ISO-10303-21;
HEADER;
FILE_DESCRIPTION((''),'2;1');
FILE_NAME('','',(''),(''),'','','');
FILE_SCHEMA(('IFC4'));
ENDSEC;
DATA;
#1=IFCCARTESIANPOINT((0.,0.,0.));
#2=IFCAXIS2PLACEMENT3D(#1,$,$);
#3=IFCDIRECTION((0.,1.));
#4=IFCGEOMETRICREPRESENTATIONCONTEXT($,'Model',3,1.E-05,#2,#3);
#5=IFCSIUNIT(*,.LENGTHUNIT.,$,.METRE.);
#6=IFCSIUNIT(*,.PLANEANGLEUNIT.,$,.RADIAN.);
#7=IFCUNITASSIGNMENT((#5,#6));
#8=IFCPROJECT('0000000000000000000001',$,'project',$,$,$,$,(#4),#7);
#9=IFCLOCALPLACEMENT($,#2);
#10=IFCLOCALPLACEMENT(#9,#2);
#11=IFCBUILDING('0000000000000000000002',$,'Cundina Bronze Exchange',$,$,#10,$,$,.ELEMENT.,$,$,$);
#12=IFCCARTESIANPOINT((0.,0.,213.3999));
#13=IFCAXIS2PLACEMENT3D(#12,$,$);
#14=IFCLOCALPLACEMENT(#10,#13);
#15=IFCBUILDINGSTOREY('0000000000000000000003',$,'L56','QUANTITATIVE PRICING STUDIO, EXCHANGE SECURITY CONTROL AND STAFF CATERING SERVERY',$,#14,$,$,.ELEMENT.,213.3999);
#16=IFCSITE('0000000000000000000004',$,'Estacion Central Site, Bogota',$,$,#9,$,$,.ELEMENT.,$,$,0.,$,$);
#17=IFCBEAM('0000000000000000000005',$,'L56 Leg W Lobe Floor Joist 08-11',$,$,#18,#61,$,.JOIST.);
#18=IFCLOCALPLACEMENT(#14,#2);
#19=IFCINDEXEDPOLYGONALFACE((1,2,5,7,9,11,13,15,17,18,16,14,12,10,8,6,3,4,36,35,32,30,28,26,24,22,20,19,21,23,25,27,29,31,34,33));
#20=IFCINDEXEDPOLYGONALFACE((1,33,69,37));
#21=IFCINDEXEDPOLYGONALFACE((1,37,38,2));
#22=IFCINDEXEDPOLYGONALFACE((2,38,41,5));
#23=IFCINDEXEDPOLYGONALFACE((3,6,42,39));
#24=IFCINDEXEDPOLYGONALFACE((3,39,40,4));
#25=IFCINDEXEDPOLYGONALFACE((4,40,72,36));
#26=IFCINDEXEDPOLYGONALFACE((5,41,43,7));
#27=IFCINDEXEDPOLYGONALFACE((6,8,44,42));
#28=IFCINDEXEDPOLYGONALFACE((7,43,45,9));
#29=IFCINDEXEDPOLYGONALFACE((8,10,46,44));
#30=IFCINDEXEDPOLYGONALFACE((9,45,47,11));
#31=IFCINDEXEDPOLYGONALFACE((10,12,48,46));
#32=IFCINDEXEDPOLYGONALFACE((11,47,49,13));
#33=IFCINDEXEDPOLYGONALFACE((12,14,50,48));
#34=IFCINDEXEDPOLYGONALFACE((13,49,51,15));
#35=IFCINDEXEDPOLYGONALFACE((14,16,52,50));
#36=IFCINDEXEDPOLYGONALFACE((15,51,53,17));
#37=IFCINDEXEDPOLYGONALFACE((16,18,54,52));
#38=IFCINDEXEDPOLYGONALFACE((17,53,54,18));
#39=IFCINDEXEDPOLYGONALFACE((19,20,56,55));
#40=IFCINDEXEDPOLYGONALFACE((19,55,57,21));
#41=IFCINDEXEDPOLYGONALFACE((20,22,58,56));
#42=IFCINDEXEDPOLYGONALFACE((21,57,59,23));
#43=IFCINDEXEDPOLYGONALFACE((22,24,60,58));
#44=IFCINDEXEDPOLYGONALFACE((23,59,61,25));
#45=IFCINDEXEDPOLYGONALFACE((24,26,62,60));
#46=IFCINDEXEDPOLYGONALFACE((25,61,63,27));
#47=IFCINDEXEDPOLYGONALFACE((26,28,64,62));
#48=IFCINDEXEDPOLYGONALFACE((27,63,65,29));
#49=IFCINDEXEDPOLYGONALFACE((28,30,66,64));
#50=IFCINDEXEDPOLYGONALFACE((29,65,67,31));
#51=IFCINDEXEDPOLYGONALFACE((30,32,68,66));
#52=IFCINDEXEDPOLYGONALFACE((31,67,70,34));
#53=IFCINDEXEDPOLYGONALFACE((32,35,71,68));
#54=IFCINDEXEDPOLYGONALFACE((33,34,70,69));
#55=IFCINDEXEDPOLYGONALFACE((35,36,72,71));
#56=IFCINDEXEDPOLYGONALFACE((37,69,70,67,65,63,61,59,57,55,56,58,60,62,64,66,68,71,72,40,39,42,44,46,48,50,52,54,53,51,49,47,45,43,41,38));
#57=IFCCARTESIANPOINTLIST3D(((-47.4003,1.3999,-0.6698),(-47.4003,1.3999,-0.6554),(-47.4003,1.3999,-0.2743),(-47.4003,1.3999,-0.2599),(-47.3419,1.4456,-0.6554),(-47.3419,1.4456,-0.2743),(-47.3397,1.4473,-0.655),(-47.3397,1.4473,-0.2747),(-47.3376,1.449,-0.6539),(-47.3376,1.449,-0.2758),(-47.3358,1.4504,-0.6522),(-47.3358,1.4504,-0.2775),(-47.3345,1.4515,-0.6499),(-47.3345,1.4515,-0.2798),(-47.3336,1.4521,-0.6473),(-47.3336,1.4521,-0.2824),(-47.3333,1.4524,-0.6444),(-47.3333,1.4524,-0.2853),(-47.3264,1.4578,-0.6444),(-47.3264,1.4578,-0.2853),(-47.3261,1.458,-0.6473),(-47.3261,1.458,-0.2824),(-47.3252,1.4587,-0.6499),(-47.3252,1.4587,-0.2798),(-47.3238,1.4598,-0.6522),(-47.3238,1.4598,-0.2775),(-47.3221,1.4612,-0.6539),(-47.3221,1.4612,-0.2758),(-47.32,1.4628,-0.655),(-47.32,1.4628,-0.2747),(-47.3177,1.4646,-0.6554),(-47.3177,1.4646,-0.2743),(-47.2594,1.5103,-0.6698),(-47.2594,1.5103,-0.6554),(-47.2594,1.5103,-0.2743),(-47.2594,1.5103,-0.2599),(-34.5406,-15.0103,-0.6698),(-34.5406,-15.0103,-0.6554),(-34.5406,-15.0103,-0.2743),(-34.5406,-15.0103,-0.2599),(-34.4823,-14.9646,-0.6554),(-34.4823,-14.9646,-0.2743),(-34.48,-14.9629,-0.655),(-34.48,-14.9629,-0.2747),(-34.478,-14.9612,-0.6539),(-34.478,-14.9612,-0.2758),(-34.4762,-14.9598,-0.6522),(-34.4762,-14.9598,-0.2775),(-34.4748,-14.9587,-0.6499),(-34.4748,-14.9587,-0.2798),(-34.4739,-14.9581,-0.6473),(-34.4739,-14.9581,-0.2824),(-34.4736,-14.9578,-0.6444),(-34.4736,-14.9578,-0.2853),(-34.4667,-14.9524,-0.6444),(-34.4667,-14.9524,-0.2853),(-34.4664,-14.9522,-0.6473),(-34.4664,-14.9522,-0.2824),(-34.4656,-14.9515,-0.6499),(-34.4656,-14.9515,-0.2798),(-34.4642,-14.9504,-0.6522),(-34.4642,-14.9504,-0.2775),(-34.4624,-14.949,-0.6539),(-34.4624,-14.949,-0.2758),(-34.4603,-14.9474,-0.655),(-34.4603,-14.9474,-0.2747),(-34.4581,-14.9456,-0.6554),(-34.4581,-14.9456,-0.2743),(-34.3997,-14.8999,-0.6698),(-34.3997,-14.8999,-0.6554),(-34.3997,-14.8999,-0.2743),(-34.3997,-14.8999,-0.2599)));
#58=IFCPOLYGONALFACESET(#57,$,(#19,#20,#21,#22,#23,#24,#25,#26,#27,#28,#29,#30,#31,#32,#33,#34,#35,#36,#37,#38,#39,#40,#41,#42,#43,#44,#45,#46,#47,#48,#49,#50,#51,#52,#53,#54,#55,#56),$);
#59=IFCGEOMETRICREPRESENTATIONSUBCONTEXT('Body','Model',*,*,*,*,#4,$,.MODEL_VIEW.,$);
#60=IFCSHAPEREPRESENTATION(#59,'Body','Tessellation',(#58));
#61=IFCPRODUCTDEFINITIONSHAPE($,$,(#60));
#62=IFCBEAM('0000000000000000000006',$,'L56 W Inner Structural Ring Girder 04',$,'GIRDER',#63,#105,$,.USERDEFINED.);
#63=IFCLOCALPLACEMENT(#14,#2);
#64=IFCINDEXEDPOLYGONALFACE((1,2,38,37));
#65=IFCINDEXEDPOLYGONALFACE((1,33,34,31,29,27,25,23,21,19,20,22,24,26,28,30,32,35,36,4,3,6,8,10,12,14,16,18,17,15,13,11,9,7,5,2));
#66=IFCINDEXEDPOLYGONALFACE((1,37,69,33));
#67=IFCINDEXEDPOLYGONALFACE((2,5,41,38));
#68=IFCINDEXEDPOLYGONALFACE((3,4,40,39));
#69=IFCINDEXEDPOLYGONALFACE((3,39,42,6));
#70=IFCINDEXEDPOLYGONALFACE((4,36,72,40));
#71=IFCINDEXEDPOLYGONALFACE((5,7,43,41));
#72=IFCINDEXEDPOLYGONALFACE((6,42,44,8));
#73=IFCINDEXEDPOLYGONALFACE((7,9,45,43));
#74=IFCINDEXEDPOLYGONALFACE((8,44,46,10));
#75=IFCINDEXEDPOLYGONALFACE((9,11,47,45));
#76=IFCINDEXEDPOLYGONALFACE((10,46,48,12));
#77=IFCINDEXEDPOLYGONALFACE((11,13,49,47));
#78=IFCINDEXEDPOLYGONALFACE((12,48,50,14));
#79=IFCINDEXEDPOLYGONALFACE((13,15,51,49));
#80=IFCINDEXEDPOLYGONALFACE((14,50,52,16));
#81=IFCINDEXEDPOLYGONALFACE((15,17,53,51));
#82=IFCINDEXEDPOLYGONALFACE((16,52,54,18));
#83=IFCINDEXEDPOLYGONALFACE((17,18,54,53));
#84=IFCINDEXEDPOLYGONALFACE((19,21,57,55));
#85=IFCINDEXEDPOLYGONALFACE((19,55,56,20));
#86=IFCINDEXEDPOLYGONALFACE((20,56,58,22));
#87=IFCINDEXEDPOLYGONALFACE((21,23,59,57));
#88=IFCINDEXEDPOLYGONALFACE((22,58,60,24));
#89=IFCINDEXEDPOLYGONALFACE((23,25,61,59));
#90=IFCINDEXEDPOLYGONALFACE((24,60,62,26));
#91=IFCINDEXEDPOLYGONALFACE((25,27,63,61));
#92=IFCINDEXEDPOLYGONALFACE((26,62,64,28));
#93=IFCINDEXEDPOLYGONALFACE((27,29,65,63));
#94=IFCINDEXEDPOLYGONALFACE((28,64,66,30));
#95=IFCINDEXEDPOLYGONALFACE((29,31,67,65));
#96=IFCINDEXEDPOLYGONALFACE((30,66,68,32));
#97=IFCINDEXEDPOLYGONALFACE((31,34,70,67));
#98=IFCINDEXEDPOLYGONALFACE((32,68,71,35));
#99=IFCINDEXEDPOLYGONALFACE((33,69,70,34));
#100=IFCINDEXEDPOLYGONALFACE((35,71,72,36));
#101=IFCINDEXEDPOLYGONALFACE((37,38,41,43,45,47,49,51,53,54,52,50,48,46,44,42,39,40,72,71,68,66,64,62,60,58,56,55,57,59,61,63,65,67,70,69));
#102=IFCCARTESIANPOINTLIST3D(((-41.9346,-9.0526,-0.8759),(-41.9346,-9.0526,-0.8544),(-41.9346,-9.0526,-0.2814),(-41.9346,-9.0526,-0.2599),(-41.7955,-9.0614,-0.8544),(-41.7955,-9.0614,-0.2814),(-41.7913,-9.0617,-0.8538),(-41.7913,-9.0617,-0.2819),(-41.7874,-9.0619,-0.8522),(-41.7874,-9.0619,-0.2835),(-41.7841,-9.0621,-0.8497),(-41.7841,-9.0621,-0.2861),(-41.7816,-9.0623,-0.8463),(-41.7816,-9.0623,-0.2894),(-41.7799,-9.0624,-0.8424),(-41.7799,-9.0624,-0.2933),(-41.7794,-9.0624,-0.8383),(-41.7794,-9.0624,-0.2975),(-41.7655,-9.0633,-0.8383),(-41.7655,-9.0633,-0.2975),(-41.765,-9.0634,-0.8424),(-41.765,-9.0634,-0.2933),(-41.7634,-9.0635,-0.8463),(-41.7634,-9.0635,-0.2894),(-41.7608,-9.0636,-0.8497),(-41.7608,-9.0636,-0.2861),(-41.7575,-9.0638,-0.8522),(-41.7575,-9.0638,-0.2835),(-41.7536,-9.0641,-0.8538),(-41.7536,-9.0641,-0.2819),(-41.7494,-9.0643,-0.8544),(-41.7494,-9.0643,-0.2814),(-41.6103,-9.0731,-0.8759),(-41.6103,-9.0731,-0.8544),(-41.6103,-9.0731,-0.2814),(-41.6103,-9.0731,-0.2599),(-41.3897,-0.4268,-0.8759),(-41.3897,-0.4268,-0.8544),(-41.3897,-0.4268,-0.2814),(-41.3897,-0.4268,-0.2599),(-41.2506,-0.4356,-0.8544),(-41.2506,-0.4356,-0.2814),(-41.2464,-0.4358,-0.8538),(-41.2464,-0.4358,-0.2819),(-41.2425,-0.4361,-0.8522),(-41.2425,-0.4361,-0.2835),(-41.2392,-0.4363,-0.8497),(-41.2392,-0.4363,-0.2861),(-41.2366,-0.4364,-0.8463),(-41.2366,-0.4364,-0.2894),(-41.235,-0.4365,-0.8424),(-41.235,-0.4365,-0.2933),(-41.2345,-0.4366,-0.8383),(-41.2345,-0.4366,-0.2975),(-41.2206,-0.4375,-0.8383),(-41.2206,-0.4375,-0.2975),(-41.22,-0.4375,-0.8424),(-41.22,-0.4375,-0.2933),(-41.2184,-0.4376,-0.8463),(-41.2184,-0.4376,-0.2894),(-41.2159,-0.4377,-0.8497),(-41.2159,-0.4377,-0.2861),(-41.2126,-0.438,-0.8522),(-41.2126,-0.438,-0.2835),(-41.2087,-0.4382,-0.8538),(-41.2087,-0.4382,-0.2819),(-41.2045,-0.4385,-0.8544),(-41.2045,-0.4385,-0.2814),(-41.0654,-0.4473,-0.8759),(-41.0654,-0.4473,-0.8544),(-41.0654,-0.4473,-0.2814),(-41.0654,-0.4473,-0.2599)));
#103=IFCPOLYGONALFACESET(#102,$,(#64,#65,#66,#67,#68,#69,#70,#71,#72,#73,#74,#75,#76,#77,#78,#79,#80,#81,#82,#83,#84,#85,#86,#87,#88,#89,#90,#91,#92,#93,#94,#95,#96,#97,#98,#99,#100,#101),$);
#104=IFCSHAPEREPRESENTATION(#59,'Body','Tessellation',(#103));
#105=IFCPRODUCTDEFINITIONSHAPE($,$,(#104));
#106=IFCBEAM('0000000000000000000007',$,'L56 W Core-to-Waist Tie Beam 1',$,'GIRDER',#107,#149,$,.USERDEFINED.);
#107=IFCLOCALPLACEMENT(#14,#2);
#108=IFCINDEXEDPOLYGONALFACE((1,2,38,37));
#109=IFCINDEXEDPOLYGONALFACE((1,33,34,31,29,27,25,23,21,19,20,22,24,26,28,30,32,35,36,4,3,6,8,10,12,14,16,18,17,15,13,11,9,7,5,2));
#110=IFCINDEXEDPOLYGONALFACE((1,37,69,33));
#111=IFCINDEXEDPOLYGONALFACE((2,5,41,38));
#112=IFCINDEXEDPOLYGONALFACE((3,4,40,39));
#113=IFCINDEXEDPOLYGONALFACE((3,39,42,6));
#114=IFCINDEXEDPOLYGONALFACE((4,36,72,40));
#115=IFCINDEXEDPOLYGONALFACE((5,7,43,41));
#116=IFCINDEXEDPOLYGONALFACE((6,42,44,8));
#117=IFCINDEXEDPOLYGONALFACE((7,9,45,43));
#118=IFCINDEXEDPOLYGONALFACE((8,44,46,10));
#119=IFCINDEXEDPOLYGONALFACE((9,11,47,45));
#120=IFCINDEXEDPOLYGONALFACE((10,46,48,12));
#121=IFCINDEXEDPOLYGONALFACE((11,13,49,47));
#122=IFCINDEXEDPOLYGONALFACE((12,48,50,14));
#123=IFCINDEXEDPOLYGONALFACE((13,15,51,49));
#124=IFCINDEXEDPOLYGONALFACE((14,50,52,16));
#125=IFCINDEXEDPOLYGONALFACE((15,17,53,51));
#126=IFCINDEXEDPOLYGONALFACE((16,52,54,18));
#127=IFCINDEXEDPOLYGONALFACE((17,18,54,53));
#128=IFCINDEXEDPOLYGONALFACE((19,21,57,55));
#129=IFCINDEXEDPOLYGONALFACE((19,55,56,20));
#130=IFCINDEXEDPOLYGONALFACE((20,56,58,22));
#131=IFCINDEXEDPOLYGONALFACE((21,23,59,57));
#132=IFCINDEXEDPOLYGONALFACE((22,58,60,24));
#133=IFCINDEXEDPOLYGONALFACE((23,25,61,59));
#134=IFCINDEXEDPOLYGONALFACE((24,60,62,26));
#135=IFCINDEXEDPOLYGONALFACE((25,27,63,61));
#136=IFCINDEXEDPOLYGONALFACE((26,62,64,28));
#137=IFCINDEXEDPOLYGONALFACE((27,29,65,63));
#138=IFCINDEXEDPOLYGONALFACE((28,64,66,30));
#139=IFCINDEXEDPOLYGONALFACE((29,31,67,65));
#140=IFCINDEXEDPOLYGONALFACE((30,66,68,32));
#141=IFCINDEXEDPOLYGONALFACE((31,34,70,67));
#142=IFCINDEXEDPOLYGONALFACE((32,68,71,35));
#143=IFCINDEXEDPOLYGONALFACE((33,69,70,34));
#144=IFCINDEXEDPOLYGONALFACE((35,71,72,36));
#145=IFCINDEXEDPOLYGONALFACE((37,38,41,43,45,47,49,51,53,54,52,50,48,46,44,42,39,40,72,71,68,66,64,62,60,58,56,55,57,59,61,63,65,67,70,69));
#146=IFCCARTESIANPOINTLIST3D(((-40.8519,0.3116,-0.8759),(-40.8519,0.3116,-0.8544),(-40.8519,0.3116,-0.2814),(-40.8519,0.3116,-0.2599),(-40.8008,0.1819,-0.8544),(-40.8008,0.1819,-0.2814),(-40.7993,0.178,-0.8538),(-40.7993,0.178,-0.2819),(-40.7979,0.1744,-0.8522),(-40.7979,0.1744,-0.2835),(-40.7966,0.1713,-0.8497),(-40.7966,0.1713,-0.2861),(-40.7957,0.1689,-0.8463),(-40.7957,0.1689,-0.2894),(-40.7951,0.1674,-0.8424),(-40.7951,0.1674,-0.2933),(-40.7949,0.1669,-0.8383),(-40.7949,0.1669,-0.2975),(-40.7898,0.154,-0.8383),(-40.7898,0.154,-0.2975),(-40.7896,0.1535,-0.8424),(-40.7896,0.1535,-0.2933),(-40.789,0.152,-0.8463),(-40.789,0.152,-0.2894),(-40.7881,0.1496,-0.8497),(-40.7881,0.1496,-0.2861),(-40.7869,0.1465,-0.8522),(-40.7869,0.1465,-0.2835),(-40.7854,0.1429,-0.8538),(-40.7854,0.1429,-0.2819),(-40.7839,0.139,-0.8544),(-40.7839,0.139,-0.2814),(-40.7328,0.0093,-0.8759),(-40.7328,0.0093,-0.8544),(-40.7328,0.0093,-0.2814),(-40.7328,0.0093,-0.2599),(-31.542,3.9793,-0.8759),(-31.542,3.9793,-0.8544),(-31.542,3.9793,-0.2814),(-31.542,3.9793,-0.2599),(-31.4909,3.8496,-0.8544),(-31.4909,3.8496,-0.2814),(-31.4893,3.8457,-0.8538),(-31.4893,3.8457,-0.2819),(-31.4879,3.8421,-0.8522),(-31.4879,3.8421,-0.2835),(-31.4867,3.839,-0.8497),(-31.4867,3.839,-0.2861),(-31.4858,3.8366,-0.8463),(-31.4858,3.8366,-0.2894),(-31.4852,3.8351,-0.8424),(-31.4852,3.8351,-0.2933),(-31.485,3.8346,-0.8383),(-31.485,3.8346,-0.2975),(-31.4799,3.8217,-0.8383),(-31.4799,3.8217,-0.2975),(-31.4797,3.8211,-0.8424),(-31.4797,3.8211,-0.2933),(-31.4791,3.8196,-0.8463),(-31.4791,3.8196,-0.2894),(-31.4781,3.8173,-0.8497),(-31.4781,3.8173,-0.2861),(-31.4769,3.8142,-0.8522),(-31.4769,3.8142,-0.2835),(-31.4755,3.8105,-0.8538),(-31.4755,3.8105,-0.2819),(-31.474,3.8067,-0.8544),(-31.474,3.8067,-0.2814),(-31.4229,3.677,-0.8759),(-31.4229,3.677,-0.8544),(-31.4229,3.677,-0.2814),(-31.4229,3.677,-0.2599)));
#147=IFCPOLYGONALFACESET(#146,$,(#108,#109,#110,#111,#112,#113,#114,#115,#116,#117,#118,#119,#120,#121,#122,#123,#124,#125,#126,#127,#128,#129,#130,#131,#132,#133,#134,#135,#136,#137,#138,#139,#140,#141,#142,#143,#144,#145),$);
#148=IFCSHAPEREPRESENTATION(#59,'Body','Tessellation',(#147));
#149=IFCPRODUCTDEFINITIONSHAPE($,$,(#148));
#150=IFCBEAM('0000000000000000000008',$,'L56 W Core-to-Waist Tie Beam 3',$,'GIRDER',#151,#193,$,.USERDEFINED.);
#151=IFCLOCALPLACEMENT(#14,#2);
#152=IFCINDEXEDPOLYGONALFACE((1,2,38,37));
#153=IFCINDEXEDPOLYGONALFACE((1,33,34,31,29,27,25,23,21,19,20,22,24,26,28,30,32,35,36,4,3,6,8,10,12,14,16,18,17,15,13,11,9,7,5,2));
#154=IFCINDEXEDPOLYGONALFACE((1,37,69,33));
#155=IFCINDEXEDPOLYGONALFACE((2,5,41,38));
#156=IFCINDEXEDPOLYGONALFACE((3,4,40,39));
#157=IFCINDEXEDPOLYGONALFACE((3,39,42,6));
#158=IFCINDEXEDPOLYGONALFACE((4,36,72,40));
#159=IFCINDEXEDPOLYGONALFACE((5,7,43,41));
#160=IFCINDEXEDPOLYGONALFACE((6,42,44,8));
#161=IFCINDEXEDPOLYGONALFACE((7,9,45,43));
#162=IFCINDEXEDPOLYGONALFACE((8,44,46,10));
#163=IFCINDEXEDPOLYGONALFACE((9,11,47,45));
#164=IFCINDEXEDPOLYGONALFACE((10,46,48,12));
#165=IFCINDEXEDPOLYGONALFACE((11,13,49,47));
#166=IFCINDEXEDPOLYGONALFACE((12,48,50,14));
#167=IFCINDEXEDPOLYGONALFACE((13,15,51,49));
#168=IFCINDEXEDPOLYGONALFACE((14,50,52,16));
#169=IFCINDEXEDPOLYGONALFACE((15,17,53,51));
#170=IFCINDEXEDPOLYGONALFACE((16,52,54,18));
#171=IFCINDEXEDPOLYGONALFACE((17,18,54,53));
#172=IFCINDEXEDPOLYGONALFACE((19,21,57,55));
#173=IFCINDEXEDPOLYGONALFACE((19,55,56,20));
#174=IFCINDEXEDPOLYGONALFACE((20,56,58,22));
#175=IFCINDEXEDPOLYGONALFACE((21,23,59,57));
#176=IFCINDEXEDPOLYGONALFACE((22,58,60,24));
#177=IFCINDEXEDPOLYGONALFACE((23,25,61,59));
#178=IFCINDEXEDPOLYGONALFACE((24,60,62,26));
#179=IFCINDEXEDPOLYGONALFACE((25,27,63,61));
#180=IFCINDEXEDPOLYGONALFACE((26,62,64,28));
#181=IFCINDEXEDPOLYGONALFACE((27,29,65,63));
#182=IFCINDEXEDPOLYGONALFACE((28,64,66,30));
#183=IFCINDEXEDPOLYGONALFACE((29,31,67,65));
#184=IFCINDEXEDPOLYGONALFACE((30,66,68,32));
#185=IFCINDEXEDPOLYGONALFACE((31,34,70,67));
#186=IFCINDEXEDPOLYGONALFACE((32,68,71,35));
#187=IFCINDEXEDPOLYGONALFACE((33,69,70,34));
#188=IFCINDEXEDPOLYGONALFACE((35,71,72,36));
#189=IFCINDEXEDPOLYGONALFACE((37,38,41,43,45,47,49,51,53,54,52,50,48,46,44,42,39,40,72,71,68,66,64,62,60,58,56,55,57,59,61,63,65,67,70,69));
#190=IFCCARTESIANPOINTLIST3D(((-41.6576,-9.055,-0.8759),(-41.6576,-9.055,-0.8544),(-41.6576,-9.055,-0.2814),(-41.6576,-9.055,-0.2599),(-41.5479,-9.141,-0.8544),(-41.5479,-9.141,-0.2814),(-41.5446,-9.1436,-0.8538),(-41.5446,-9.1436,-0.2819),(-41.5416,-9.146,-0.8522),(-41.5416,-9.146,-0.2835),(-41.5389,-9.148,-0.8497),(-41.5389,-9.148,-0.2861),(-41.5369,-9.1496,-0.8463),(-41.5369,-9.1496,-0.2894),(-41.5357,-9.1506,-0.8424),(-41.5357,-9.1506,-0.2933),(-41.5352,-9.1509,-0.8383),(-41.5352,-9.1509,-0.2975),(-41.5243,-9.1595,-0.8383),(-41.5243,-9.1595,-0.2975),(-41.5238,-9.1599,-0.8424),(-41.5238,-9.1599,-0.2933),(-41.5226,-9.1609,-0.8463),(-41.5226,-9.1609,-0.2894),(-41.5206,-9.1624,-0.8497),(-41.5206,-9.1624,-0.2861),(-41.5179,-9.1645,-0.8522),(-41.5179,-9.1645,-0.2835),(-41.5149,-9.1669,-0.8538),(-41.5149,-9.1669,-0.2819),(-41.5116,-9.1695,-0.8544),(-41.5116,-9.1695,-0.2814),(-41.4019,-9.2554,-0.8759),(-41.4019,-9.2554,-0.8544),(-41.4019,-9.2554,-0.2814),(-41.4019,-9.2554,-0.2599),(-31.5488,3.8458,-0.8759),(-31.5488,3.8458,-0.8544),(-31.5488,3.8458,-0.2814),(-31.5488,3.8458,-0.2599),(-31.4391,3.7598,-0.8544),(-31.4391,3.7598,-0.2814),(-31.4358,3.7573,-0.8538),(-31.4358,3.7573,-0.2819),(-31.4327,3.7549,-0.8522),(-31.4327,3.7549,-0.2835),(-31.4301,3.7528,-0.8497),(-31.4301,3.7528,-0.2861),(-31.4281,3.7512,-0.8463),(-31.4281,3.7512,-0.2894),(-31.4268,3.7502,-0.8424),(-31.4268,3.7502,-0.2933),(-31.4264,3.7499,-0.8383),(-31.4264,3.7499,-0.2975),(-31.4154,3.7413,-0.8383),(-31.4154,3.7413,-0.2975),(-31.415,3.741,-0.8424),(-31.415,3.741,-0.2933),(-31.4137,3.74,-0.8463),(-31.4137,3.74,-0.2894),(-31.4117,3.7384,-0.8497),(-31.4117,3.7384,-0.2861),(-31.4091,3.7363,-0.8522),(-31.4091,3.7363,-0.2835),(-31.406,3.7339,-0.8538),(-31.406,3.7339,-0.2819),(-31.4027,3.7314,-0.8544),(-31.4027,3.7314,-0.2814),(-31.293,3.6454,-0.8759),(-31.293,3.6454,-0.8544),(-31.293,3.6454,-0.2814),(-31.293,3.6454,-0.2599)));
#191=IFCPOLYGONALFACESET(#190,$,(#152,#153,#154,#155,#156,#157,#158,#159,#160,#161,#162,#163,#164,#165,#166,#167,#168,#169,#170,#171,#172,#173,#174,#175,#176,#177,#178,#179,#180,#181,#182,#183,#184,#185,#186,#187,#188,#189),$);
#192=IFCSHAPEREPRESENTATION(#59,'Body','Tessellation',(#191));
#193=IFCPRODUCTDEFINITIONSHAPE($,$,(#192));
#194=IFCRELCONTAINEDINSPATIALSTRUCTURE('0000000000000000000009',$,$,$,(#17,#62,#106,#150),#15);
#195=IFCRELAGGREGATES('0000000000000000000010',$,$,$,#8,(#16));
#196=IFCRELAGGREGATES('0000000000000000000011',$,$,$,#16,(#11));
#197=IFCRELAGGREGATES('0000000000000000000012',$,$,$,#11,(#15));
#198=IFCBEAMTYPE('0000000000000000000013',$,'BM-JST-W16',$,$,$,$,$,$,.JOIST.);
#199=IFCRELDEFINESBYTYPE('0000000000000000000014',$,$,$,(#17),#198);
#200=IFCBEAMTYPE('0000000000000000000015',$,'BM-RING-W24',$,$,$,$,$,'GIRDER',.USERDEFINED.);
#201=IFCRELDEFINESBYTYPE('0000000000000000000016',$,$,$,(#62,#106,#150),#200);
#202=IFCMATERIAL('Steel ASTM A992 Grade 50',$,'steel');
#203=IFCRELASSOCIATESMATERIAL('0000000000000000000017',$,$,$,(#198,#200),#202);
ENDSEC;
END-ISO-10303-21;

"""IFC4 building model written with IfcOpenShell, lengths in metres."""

from ifc_helpers import new_model, si_unit, direction, frame, origin, origin_2d, place, context, subcontext, project, spatial, i_section, extrude, material, material_profile, profile_set, type_object, element, save


model = new_model("IFC4")

# Units and contexts
model_context = context("Model", 3, precision=1e-05, world=origin(), true_north=direction((0.0, 1.0)))
body_context = subcontext(model_context, "Body", "Model", "MODEL_VIEW")
ifc_project = project(units=[si_unit("LENGTHUNIT", "METRE"), si_unit("PLANEANGLEUNIT", "RADIAN")], contexts=[model_context])

# Site, building, storey
site_placement = place(None, origin())
site = spatial("IfcSite", under=ifc_project, at=site_placement, Name="Estacion Central Site, Bogota", CompositionType="ELEMENT", RefElevation=0.0)
building_placement = place(site_placement, origin())
building = spatial("IfcBuilding", under=site, at=building_placement, Name="Cundina Bronze Exchange", CompositionType="ELEMENT")
storey_placement = place(building_placement, frame((0.0, 0.0, 213.3999)))
storey = spatial("IfcBuildingStorey", under=building, at=storey_placement, Name="L56", Description="QUANTITATIVE PRICING STUDIO, EXCHANGE SECURITY CONTROL AND STAFF CATERING SERVERY", CompositionType="ELEMENT", Elevation=213.3999)

# Shared definitions
ifc_material_1 = material(Name="Steel ASTM A992 Grade 50", Category="steel")

# Beams
ifc_material_profile_1 = material_profile(ifc_material_1, i_section(OverallWidth=0.179, OverallDepth=0.4099, WebThickness=0.0088, FlangeThickness=0.0144, FilletRadius=0.011, at=origin_2d()), Name="W16X45", Category="steel")
ifc_profile_set_1 = profile_set([ifc_material_profile_1], Name="Steel ASTM A992 Grade 50")
beam_type_1 = type_object("IfcBeamType", Name="BM-JST-W16", PredefinedType="JOIST", material=ifc_profile_set_1)
beam_1_placement = place(storey_placement, frame((-47.3298, 1.4551, -0.4648), z_axis=(0.61681, -0.787112, 0.0), x_axis=(0.787112, 0.61681, 0.0)))
element("IfcBeam", 1, at=beam_1_placement, inside=storey, type_object=beam_type_1, Name="L56 Leg W Lobe Floor Joist 08-11", PredefinedType="JOIST", context=body_context, shape_type="SweptSolid", body=[
    extrude(i_section(OverallWidth=0.179, OverallDepth=0.4099, WebThickness=0.0088, FlangeThickness=0.0144, FilletRadius=0.011, at=origin_2d()), origin(), (0.0, 0.0, 1.0), 20.8486),
])
ifc_material_profile_2 = material_profile(ifc_material_1, i_section(OverallWidth=0.325, OverallDepth=0.616, WebThickness=0.0139, FlangeThickness=0.0215, FilletRadius=0.0161, at=origin_2d()), Name="W24X117", Category="steel")
ifc_profile_set_2 = profile_set([ifc_material_profile_2], Name="Steel ASTM A992 Grade 50")
beam_type_2 = type_object("IfcBeamType", Name="BM-RING-W24", ElementType="GIRDER", PredefinedType="USERDEFINED", material=ifc_profile_set_2)
beam_2_placement = place(storey_placement, frame((-41.2275, -0.437, -0.5679), z_axis=(-0.063047, -0.998011, 0.0), x_axis=(0.998011, -0.063047, 0.0)))
element("IfcBeam", 2, at=beam_2_placement, inside=storey, type_object=beam_type_2, Name="L56 W Inner Structural Ring Girder 04", ObjectType="GIRDER", PredefinedType="USERDEFINED", context=body_context, shape_type="SweptSolid", body=[
    extrude(i_section(OverallWidth=0.325, OverallDepth=0.616, WebThickness=0.0139, FlangeThickness=0.0215, FilletRadius=0.0161, at=origin_2d()), origin(), (0.0, 0.0, 1.0), 8.6431),
])
beam_3_placement = place(storey_placement, frame((-31.4824, 3.8281, -0.5679), z_axis=(-0.930404, -0.366535, 0.0), x_axis=(0.366535, -0.930404, 0.0)))
element("IfcBeam", 3, at=beam_3_placement, inside=storey, type_object=beam_type_2, Name="L56 W Core-to-Waist Tie Beam 1", ObjectType="GIRDER", PredefinedType="USERDEFINED", context=body_context, shape_type="SweptSolid", body=[
    extrude(i_section(OverallWidth=0.325, OverallDepth=0.616, WebThickness=0.0139, FlangeThickness=0.0215, FilletRadius=0.0161, at=origin_2d()), origin(), (0.0, 0.0, 1.0), 10.0063),
])
beam_4_placement = place(storey_placement, frame((-31.4209, 3.7456, -0.5679), z_axis=(-0.616783, -0.787133, 0.0), x_axis=(0.787133, -0.616783, 0.0)))
element("IfcBeam", 4, at=beam_4_placement, inside=storey, type_object=beam_type_2, Name="L56 W Core-to-Waist Tie Beam 3", ObjectType="GIRDER", PredefinedType="USERDEFINED", context=body_context, shape_type="SweptSolid", body=[
    extrude(i_section(OverallWidth=0.325, OverallDepth=0.616, WebThickness=0.0139, FlangeThickness=0.0215, FilletRadius=0.0161, at=origin_2d()), origin(), (0.0, 0.0, 1.0), 16.3896),
])

save(model, "model.ifc")
